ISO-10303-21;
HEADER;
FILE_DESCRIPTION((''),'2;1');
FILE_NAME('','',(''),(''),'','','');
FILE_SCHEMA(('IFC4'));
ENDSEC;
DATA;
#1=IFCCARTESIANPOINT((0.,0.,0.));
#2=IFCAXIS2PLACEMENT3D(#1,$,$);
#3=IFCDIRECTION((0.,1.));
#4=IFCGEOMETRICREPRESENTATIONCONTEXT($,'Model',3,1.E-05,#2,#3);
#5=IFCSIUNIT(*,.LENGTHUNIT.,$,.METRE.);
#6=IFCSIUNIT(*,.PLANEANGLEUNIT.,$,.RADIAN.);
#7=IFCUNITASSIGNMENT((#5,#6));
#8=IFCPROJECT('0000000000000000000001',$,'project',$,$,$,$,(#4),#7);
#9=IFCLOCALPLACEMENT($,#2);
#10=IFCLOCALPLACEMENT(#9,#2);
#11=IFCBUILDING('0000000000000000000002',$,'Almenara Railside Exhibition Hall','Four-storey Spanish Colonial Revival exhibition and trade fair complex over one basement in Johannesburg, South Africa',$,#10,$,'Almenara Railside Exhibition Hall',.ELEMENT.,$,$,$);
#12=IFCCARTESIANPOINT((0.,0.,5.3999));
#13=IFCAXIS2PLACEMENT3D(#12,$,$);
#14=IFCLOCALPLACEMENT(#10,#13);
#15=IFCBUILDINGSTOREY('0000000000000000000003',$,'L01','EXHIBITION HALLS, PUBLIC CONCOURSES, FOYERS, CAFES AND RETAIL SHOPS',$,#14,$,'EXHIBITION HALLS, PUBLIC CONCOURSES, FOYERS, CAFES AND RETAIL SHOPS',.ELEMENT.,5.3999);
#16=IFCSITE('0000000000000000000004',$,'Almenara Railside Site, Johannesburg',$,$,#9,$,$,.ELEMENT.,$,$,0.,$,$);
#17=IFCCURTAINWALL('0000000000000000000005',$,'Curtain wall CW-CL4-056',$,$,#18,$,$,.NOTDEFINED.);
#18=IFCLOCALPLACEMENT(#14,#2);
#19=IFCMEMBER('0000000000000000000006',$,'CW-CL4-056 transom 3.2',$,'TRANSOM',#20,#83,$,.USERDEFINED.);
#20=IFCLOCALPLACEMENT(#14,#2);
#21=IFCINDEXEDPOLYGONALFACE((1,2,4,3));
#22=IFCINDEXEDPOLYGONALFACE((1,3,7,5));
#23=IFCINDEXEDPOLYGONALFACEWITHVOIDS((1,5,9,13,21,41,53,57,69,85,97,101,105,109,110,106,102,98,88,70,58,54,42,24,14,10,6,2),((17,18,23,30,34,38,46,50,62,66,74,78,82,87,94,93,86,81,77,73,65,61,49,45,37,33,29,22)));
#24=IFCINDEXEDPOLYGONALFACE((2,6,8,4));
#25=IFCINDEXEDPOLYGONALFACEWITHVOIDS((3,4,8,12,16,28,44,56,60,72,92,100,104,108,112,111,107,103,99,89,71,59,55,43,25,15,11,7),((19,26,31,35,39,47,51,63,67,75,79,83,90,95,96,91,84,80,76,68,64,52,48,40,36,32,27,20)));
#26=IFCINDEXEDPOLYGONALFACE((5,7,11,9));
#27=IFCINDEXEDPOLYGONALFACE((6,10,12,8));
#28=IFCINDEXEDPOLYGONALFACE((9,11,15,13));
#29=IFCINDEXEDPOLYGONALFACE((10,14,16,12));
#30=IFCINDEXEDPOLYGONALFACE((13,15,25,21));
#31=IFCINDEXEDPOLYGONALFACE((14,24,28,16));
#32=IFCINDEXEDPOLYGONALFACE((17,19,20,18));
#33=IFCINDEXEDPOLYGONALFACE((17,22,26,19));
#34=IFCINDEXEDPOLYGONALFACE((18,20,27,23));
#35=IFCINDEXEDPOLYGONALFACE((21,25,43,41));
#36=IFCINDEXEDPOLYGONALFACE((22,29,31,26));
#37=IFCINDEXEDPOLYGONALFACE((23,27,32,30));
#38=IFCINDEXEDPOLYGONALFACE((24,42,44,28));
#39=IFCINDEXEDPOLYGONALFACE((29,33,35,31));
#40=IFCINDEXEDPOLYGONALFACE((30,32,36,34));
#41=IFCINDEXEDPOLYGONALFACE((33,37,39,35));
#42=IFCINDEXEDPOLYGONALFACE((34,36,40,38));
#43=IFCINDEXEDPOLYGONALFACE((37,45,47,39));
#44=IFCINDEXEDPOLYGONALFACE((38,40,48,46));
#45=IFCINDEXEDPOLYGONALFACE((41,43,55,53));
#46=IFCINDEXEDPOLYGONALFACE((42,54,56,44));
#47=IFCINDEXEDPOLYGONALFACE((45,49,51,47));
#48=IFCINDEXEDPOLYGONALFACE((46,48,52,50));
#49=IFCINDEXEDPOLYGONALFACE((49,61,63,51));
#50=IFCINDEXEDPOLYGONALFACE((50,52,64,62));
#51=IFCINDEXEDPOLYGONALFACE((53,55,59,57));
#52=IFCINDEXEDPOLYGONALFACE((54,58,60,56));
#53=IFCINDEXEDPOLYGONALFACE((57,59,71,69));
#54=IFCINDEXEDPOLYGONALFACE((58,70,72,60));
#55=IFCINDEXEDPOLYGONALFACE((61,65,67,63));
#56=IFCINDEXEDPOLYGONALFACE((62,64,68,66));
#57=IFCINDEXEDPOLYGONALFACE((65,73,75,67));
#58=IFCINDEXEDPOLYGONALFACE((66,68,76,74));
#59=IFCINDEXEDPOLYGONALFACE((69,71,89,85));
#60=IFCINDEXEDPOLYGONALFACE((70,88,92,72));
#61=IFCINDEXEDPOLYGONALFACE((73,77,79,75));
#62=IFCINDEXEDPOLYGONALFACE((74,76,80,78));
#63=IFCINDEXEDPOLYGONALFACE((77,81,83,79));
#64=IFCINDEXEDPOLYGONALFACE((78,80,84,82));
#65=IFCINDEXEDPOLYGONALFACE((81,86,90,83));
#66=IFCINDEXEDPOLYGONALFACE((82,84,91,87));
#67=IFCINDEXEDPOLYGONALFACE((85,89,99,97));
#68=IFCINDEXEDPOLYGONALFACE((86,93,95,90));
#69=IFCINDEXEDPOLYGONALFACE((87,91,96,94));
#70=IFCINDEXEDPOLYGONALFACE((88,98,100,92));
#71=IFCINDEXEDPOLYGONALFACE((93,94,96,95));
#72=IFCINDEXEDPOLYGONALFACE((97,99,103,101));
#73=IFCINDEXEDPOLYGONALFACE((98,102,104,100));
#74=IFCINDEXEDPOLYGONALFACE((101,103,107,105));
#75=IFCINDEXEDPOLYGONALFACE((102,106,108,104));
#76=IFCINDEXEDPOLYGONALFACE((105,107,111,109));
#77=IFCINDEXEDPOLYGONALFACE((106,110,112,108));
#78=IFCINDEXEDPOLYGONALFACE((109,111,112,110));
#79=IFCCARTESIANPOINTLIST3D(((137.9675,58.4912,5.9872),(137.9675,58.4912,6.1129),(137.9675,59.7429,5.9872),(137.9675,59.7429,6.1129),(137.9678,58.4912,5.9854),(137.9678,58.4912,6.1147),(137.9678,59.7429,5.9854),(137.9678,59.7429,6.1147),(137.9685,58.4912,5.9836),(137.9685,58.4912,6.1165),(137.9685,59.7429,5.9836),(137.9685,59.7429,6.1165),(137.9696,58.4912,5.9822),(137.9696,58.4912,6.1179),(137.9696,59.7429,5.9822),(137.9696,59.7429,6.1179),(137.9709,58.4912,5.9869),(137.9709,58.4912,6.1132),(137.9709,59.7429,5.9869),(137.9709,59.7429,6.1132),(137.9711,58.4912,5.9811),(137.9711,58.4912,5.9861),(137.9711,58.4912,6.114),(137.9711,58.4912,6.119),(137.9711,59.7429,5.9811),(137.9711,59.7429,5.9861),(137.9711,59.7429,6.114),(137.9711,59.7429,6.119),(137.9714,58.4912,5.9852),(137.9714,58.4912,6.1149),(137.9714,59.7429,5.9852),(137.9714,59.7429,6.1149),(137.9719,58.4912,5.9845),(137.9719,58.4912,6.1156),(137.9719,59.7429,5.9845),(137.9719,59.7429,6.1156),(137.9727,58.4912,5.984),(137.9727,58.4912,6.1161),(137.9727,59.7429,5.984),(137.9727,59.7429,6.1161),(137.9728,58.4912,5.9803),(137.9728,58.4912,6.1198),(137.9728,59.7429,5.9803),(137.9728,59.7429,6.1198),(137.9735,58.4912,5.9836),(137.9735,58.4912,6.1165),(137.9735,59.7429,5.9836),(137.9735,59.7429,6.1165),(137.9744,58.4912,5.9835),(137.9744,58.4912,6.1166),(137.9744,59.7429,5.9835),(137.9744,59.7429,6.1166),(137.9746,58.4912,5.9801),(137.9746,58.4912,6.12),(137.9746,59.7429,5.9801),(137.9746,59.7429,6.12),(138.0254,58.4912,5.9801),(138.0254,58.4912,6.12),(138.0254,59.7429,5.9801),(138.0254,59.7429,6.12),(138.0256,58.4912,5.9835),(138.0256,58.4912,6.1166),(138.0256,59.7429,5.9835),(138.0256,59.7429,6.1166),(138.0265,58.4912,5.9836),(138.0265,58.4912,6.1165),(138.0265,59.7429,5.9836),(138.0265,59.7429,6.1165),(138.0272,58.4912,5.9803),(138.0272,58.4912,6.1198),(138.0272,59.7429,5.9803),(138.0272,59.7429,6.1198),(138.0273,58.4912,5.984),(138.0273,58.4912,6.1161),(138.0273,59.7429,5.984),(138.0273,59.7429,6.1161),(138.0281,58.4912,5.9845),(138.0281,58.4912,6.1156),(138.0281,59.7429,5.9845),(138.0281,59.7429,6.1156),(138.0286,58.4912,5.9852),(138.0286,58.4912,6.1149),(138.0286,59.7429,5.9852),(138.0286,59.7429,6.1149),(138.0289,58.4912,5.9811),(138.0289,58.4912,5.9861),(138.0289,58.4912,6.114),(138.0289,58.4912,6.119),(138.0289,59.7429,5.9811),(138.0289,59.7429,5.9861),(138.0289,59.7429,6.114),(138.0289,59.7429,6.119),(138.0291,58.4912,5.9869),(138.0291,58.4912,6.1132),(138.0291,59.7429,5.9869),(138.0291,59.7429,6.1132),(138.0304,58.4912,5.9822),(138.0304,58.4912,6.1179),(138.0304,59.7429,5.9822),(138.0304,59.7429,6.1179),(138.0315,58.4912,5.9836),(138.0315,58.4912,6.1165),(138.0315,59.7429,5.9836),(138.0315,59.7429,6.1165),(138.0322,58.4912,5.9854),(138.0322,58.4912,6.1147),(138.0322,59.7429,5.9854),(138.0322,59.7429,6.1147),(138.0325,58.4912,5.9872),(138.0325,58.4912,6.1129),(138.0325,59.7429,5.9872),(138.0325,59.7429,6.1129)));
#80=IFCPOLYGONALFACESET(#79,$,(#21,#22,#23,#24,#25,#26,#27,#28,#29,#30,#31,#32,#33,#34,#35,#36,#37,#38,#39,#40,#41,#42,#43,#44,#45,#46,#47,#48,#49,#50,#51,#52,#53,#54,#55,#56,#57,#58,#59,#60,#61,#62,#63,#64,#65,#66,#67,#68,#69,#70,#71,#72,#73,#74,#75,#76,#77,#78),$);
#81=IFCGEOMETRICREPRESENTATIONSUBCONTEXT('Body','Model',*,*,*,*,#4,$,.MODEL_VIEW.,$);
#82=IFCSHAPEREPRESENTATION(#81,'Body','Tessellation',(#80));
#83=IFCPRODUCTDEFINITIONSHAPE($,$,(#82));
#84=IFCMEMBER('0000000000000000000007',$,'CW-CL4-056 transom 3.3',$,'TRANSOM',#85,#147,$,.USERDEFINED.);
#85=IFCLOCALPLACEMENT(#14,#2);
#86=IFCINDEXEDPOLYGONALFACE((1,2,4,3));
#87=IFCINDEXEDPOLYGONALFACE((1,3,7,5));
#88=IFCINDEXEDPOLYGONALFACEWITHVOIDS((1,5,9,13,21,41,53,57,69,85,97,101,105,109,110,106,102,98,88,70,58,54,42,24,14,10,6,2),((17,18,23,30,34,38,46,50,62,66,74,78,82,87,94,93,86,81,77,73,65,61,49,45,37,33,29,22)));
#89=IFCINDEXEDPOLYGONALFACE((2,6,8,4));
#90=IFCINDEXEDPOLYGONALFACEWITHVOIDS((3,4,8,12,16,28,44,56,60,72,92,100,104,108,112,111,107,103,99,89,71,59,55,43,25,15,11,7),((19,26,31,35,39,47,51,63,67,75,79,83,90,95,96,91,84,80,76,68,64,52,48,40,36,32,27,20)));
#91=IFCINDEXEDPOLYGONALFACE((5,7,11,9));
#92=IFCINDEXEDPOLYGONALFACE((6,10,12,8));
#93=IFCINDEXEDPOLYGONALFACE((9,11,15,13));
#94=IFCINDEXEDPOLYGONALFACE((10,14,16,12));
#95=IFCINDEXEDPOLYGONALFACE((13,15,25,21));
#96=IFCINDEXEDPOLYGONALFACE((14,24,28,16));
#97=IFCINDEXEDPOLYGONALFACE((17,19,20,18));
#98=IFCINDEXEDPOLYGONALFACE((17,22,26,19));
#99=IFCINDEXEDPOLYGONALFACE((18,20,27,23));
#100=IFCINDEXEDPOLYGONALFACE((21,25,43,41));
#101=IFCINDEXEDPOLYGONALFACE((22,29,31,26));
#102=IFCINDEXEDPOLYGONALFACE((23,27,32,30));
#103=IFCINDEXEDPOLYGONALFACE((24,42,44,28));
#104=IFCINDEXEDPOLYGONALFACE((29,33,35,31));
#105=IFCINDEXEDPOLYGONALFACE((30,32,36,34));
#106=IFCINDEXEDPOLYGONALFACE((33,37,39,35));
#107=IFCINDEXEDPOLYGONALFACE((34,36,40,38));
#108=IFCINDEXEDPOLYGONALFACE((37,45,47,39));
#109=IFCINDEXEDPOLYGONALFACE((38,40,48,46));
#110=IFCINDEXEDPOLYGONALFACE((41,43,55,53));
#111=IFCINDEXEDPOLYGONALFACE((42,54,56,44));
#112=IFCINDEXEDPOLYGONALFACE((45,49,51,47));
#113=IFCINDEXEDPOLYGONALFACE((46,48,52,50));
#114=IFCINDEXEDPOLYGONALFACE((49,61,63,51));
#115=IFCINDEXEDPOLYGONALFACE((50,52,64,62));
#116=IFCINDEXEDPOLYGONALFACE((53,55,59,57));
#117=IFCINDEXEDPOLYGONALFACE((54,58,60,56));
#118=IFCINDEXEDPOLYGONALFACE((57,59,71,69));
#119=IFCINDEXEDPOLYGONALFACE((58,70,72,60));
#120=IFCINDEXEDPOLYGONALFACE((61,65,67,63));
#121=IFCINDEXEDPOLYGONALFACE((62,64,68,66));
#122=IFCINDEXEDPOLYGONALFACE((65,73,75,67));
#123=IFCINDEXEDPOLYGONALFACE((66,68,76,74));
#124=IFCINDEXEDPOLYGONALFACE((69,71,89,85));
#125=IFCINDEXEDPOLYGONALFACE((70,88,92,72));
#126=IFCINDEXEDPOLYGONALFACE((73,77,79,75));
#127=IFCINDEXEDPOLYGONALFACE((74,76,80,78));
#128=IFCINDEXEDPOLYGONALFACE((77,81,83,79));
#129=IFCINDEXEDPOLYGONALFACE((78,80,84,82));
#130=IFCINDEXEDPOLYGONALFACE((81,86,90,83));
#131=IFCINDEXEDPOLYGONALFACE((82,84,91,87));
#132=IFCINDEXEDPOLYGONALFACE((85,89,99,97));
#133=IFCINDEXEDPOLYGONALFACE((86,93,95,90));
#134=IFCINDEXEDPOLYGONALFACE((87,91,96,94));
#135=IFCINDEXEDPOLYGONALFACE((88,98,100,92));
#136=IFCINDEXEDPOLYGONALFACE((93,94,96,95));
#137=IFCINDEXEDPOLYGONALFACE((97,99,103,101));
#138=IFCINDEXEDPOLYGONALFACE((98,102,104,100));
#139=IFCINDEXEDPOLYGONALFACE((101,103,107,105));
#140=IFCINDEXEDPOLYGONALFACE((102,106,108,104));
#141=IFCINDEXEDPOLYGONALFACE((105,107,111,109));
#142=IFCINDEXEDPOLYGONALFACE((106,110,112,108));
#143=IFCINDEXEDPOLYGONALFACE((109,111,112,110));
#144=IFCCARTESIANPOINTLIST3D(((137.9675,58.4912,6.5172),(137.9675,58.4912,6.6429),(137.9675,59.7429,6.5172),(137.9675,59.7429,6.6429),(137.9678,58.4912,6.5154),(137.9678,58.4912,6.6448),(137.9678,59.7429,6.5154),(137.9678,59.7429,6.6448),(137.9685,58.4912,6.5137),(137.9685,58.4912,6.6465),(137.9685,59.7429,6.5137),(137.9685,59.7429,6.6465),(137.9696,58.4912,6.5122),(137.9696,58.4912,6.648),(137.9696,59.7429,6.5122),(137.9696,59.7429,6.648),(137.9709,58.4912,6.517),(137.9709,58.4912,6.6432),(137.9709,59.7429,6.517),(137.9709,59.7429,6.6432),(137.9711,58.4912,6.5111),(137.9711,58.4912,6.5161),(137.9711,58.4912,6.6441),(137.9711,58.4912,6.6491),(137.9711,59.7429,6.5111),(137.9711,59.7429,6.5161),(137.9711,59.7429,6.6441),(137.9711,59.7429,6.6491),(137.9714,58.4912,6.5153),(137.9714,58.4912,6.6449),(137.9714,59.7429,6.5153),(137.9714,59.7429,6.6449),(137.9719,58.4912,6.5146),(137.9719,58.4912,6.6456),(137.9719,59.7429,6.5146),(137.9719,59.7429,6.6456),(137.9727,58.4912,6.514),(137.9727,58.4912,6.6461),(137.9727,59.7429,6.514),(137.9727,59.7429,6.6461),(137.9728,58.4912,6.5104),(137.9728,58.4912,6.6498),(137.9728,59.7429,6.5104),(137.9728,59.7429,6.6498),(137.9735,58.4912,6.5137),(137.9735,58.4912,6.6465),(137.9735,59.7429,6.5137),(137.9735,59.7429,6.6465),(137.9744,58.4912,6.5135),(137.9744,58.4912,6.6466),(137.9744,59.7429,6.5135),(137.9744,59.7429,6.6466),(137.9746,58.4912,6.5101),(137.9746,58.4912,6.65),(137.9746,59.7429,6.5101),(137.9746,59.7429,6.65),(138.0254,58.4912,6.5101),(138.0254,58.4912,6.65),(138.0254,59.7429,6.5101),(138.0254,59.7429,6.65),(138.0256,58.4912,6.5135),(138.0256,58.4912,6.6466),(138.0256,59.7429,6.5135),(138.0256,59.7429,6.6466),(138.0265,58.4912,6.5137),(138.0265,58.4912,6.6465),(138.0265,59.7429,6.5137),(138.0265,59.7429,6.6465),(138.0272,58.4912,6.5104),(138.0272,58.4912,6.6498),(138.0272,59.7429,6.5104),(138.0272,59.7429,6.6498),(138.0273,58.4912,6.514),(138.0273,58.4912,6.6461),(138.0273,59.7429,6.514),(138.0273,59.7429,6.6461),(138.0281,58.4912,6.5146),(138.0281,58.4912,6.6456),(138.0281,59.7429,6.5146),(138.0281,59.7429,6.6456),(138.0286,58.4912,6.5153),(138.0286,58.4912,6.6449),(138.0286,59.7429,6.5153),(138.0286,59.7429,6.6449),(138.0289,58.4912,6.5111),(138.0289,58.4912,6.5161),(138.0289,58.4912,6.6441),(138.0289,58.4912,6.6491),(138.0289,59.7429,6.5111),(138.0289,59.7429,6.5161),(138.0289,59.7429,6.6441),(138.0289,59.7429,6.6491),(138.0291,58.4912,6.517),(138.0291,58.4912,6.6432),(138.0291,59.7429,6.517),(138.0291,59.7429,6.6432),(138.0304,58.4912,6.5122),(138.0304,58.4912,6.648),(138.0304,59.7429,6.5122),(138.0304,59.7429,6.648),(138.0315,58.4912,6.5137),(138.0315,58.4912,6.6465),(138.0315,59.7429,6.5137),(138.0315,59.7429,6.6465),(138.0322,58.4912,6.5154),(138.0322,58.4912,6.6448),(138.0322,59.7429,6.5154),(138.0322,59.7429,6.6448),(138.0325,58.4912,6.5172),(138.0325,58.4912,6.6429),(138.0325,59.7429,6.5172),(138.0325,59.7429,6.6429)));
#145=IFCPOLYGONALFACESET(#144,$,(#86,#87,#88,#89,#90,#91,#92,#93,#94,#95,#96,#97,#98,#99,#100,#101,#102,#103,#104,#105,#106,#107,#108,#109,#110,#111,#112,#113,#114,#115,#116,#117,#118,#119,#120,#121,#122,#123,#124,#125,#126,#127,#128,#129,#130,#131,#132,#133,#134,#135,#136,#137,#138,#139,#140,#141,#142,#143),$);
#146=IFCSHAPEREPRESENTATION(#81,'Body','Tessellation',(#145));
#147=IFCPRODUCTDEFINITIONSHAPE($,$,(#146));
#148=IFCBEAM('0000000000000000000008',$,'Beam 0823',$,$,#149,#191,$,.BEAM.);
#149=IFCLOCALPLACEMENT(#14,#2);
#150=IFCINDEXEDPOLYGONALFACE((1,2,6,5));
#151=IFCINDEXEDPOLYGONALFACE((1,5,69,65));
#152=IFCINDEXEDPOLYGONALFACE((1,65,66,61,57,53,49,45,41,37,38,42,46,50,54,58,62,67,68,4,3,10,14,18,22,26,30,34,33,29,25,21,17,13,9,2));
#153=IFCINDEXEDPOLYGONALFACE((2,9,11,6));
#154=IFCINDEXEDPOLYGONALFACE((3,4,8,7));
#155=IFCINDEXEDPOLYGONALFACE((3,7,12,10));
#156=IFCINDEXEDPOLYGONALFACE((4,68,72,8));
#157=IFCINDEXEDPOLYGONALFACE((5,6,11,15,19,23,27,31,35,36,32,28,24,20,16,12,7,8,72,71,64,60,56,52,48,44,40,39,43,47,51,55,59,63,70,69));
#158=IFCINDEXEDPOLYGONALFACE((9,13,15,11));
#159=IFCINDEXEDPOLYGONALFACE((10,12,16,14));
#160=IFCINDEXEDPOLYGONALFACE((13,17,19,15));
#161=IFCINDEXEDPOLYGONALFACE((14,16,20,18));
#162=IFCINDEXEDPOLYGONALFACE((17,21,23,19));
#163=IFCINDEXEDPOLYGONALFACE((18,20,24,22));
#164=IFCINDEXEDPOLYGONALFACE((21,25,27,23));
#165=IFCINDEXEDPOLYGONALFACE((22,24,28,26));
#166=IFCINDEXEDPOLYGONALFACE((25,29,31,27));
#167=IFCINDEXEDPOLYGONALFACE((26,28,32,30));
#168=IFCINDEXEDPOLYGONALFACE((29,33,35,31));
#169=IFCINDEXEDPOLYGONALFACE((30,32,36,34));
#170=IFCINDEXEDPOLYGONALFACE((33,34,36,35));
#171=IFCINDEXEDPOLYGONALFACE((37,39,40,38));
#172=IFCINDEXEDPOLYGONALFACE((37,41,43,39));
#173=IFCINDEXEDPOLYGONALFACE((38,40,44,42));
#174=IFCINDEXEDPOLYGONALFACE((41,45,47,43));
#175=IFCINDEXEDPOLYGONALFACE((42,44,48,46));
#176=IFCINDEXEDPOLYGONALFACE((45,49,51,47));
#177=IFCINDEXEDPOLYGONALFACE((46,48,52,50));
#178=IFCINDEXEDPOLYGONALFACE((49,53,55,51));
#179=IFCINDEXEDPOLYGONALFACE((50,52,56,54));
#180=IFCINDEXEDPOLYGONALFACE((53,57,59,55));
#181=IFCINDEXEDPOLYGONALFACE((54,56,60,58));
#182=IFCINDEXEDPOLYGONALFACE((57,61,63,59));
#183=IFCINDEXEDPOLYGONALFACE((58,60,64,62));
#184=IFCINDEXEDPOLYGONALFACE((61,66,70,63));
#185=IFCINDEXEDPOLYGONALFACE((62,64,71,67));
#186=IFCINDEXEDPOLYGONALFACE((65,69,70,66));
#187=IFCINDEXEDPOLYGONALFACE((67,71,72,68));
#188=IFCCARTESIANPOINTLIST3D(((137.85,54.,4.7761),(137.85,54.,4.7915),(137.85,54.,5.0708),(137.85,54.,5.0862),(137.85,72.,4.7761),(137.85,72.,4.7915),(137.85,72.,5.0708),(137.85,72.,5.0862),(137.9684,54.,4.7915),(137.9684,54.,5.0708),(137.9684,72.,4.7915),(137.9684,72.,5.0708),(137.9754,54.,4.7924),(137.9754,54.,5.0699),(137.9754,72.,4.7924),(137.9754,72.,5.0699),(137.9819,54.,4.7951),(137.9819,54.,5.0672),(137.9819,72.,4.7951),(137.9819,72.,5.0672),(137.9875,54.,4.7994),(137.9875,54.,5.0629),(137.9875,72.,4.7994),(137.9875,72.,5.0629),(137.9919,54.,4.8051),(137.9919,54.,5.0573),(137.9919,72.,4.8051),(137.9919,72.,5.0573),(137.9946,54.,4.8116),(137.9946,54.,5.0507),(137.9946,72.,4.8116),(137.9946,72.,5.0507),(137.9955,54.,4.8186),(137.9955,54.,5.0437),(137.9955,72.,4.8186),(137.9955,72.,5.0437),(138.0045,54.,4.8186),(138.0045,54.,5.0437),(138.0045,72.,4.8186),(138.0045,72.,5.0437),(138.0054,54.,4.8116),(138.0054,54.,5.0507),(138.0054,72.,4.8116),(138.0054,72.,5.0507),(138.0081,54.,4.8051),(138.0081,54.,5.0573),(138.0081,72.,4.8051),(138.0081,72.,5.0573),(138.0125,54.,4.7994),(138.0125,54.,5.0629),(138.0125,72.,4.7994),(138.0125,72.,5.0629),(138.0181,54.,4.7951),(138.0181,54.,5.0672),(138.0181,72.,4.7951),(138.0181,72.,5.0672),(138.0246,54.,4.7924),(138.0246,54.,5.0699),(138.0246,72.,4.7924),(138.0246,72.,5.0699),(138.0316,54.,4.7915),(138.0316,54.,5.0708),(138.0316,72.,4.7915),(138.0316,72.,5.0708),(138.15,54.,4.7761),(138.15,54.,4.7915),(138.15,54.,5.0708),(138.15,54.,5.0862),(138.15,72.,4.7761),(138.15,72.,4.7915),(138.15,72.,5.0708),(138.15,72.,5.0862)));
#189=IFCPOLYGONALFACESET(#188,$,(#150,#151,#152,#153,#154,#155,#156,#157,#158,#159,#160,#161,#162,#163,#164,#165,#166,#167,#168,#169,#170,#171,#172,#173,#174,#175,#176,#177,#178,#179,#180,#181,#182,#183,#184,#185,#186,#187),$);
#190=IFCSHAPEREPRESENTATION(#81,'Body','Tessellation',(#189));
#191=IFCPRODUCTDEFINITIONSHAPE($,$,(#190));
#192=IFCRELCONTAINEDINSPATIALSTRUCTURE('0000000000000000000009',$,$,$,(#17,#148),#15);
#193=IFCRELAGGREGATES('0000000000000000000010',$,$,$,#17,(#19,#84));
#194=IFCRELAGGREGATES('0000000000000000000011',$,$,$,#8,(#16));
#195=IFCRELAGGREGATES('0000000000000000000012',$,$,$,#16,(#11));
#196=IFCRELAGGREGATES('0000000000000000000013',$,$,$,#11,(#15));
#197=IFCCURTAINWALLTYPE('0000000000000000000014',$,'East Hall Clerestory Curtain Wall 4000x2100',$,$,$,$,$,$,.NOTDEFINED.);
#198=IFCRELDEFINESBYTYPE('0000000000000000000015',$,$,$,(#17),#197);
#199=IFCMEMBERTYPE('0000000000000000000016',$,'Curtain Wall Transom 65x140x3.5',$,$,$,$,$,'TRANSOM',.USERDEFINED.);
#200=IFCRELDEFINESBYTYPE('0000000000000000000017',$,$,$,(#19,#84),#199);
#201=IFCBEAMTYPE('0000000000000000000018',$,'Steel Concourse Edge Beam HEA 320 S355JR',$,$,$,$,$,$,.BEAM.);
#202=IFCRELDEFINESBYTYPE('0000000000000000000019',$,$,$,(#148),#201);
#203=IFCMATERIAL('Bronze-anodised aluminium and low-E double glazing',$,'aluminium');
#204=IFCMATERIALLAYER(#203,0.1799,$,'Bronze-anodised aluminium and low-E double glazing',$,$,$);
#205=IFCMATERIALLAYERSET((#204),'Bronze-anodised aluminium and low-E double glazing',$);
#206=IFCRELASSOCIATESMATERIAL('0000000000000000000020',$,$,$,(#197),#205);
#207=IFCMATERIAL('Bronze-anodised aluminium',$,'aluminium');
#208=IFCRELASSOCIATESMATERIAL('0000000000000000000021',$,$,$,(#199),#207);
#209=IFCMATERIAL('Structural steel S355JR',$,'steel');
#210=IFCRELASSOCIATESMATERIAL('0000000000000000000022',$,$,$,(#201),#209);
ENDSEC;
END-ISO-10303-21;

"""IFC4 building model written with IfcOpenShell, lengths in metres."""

from ifc_helpers import new_model, si_unit, direction, frame, origin, origin_2d, place, context, subcontext, project, spatial, hollow_rectangle, i_section, extrude, material, layer, layer_set, material_profile, profile_set, type_object, element, aggregate, save


model = new_model("IFC4")

# Units and contexts
model_context = context("Model", 3, precision=1e-05, world=origin(), true_north=direction((0.0, 1.0)))
body_context = subcontext(model_context, "Body", "Model", "MODEL_VIEW")
ifc_project = project(units=[si_unit("LENGTHUNIT", "METRE"), si_unit("PLANEANGLEUNIT", "RADIAN")], contexts=[model_context])

# Site, building, storey
site_placement = place(None, origin())
site = spatial("IfcSite", under=ifc_project, at=site_placement, Name="Almenara Railside Site, Johannesburg", CompositionType="ELEMENT", RefElevation=0.0)
building_placement = place(site_placement, origin())
building = spatial("IfcBuilding", under=site, at=building_placement, Name="Almenara Railside Exhibition Hall", Description="Four-storey Spanish Colonial Revival exhibition and trade fair complex over one basement in Johannesburg, South Africa", LongName="Almenara Railside Exhibition Hall", CompositionType="ELEMENT")
storey_placement = place(building_placement, frame((0.0, 0.0, 5.3999)))
storey = spatial("IfcBuildingStorey", under=building, at=storey_placement, Name="L01", Description="EXHIBITION HALLS, PUBLIC CONCOURSES, FOYERS, CAFES AND RETAIL SHOPS", LongName="EXHIBITION HALLS, PUBLIC CONCOURSES, FOYERS, CAFES AND RETAIL SHOPS", CompositionType="ELEMENT", Elevation=5.3999)

# Curtain wall
ifc_material_1 = material(Name="Bronze-anodised aluminium and low-E double glazing", Category="aluminium")
ifc_layer_1 = layer(ifc_material_1, 0.1799, Name="Bronze-anodised aluminium and low-E double glazing")
ifc_layer_set_1 = layer_set([ifc_layer_1], Name="Bronze-anodised aluminium and low-E double glazing")
curtain_wall_type = type_object("IfcCurtainWallType", Name="East Hall Clerestory Curtain Wall 4000x2100", PredefinedType="NOTDEFINED", material=ifc_layer_set_1)
curtain_wall_1_placement = place(storey_placement, origin())
curtain_wall_1 = element("IfcCurtainWall", 1, at=curtain_wall_1_placement, inside=storey, type_object=curtain_wall_type, Name="Curtain wall CW-CL4-056", PredefinedType="NOTDEFINED")
ifc_material_2 = material(Name="Bronze-anodised aluminium", Category="aluminium")

# Members
ifc_material_profile_1 = material_profile(ifc_material_2, hollow_rectangle(XDim=0.0649, YDim=0.1399, WallThickness=0.0034, InnerFilletRadius=0.0034, OuterFilletRadius=0.0071, at=origin_2d()), Name="ALU-TRN 65x140x3.5")
ifc_profile_set_1 = profile_set([ifc_material_profile_1], Name="Bronze-anodised aluminium")
member_type_1 = type_object("IfcMemberType", Name="Curtain Wall Transom 65x140x3.5", ElementType="TRANSOM", PredefinedType="USERDEFINED", material=ifc_profile_set_1)
member_1_placement = place(storey_placement, frame((138.0, 58.4912, 6.05), z_axis=(0.0, 1.0, 0.0), x_axis=(-1.0, 0.0, 0.0)))
member_1 = element("IfcMember", 2, at=member_1_placement, type_object=member_type_1, Name="CW-CL4-056 transom 3.2", ObjectType="TRANSOM", PredefinedType="USERDEFINED", context=body_context, shape_type="SweptSolid", body=[
    extrude(hollow_rectangle(XDim=0.0649, YDim=0.1399, WallThickness=0.0034, InnerFilletRadius=0.0034, OuterFilletRadius=0.0071, at=origin_2d()), origin(), (0.0, 0.0, 1.0), 1.2517),
])
member_2_placement = place(storey_placement, frame((138.0, 58.4912, 6.5801), z_axis=(0.0, 1.0, 0.0), x_axis=(-1.0, 0.0, 0.0)))
member_2 = element("IfcMember", 3, at=member_2_placement, type_object=member_type_1, Name="CW-CL4-056 transom 3.3", ObjectType="TRANSOM", PredefinedType="USERDEFINED", context=body_context, shape_type="SweptSolid", body=[
    extrude(hollow_rectangle(XDim=0.0649, YDim=0.1399, WallThickness=0.0034, InnerFilletRadius=0.0034, OuterFilletRadius=0.0071, at=origin_2d()), origin(), (0.0, 0.0, 1.0), 1.2517),
])

# Beam
ifc_material_3 = material(Name="Structural steel S355JR", Category="steel")
ifc_material_profile_2 = material_profile(ifc_material_3, i_section(OverallWidth=0.3, OverallDepth=0.3101, WebThickness=0.009, FlangeThickness=0.0154, FilletRadius=0.0271, at=origin_2d()), Name="HEA 320")
ifc_profile_set_2 = profile_set([ifc_material_profile_2], Name="Structural steel S355JR")
beam_type = type_object("IfcBeamType", Name="Steel Concourse Edge Beam HEA 320 S355JR", PredefinedType="BEAM", material=ifc_profile_set_2)
beam_placement = place(storey_placement, frame((138.0, 54.0, 4.9312), z_axis=(0.0, 1.0, 0.0), x_axis=(-1.0, 0.0, 0.0)))
element("IfcBeam", 4, at=beam_placement, inside=storey, type_object=beam_type, Name="Beam 0823", PredefinedType="BEAM", context=body_context, shape_type="SweptSolid", body=[
    extrude(i_section(OverallWidth=0.3, OverallDepth=0.3101, WebThickness=0.009, FlangeThickness=0.0154, FilletRadius=0.0271, at=origin_2d()), origin(), (0.0, 0.0, 1.0), 18.0),
])

aggregate(curtain_wall_1, [member_1, member_2])

save(model, "model.ifc")
